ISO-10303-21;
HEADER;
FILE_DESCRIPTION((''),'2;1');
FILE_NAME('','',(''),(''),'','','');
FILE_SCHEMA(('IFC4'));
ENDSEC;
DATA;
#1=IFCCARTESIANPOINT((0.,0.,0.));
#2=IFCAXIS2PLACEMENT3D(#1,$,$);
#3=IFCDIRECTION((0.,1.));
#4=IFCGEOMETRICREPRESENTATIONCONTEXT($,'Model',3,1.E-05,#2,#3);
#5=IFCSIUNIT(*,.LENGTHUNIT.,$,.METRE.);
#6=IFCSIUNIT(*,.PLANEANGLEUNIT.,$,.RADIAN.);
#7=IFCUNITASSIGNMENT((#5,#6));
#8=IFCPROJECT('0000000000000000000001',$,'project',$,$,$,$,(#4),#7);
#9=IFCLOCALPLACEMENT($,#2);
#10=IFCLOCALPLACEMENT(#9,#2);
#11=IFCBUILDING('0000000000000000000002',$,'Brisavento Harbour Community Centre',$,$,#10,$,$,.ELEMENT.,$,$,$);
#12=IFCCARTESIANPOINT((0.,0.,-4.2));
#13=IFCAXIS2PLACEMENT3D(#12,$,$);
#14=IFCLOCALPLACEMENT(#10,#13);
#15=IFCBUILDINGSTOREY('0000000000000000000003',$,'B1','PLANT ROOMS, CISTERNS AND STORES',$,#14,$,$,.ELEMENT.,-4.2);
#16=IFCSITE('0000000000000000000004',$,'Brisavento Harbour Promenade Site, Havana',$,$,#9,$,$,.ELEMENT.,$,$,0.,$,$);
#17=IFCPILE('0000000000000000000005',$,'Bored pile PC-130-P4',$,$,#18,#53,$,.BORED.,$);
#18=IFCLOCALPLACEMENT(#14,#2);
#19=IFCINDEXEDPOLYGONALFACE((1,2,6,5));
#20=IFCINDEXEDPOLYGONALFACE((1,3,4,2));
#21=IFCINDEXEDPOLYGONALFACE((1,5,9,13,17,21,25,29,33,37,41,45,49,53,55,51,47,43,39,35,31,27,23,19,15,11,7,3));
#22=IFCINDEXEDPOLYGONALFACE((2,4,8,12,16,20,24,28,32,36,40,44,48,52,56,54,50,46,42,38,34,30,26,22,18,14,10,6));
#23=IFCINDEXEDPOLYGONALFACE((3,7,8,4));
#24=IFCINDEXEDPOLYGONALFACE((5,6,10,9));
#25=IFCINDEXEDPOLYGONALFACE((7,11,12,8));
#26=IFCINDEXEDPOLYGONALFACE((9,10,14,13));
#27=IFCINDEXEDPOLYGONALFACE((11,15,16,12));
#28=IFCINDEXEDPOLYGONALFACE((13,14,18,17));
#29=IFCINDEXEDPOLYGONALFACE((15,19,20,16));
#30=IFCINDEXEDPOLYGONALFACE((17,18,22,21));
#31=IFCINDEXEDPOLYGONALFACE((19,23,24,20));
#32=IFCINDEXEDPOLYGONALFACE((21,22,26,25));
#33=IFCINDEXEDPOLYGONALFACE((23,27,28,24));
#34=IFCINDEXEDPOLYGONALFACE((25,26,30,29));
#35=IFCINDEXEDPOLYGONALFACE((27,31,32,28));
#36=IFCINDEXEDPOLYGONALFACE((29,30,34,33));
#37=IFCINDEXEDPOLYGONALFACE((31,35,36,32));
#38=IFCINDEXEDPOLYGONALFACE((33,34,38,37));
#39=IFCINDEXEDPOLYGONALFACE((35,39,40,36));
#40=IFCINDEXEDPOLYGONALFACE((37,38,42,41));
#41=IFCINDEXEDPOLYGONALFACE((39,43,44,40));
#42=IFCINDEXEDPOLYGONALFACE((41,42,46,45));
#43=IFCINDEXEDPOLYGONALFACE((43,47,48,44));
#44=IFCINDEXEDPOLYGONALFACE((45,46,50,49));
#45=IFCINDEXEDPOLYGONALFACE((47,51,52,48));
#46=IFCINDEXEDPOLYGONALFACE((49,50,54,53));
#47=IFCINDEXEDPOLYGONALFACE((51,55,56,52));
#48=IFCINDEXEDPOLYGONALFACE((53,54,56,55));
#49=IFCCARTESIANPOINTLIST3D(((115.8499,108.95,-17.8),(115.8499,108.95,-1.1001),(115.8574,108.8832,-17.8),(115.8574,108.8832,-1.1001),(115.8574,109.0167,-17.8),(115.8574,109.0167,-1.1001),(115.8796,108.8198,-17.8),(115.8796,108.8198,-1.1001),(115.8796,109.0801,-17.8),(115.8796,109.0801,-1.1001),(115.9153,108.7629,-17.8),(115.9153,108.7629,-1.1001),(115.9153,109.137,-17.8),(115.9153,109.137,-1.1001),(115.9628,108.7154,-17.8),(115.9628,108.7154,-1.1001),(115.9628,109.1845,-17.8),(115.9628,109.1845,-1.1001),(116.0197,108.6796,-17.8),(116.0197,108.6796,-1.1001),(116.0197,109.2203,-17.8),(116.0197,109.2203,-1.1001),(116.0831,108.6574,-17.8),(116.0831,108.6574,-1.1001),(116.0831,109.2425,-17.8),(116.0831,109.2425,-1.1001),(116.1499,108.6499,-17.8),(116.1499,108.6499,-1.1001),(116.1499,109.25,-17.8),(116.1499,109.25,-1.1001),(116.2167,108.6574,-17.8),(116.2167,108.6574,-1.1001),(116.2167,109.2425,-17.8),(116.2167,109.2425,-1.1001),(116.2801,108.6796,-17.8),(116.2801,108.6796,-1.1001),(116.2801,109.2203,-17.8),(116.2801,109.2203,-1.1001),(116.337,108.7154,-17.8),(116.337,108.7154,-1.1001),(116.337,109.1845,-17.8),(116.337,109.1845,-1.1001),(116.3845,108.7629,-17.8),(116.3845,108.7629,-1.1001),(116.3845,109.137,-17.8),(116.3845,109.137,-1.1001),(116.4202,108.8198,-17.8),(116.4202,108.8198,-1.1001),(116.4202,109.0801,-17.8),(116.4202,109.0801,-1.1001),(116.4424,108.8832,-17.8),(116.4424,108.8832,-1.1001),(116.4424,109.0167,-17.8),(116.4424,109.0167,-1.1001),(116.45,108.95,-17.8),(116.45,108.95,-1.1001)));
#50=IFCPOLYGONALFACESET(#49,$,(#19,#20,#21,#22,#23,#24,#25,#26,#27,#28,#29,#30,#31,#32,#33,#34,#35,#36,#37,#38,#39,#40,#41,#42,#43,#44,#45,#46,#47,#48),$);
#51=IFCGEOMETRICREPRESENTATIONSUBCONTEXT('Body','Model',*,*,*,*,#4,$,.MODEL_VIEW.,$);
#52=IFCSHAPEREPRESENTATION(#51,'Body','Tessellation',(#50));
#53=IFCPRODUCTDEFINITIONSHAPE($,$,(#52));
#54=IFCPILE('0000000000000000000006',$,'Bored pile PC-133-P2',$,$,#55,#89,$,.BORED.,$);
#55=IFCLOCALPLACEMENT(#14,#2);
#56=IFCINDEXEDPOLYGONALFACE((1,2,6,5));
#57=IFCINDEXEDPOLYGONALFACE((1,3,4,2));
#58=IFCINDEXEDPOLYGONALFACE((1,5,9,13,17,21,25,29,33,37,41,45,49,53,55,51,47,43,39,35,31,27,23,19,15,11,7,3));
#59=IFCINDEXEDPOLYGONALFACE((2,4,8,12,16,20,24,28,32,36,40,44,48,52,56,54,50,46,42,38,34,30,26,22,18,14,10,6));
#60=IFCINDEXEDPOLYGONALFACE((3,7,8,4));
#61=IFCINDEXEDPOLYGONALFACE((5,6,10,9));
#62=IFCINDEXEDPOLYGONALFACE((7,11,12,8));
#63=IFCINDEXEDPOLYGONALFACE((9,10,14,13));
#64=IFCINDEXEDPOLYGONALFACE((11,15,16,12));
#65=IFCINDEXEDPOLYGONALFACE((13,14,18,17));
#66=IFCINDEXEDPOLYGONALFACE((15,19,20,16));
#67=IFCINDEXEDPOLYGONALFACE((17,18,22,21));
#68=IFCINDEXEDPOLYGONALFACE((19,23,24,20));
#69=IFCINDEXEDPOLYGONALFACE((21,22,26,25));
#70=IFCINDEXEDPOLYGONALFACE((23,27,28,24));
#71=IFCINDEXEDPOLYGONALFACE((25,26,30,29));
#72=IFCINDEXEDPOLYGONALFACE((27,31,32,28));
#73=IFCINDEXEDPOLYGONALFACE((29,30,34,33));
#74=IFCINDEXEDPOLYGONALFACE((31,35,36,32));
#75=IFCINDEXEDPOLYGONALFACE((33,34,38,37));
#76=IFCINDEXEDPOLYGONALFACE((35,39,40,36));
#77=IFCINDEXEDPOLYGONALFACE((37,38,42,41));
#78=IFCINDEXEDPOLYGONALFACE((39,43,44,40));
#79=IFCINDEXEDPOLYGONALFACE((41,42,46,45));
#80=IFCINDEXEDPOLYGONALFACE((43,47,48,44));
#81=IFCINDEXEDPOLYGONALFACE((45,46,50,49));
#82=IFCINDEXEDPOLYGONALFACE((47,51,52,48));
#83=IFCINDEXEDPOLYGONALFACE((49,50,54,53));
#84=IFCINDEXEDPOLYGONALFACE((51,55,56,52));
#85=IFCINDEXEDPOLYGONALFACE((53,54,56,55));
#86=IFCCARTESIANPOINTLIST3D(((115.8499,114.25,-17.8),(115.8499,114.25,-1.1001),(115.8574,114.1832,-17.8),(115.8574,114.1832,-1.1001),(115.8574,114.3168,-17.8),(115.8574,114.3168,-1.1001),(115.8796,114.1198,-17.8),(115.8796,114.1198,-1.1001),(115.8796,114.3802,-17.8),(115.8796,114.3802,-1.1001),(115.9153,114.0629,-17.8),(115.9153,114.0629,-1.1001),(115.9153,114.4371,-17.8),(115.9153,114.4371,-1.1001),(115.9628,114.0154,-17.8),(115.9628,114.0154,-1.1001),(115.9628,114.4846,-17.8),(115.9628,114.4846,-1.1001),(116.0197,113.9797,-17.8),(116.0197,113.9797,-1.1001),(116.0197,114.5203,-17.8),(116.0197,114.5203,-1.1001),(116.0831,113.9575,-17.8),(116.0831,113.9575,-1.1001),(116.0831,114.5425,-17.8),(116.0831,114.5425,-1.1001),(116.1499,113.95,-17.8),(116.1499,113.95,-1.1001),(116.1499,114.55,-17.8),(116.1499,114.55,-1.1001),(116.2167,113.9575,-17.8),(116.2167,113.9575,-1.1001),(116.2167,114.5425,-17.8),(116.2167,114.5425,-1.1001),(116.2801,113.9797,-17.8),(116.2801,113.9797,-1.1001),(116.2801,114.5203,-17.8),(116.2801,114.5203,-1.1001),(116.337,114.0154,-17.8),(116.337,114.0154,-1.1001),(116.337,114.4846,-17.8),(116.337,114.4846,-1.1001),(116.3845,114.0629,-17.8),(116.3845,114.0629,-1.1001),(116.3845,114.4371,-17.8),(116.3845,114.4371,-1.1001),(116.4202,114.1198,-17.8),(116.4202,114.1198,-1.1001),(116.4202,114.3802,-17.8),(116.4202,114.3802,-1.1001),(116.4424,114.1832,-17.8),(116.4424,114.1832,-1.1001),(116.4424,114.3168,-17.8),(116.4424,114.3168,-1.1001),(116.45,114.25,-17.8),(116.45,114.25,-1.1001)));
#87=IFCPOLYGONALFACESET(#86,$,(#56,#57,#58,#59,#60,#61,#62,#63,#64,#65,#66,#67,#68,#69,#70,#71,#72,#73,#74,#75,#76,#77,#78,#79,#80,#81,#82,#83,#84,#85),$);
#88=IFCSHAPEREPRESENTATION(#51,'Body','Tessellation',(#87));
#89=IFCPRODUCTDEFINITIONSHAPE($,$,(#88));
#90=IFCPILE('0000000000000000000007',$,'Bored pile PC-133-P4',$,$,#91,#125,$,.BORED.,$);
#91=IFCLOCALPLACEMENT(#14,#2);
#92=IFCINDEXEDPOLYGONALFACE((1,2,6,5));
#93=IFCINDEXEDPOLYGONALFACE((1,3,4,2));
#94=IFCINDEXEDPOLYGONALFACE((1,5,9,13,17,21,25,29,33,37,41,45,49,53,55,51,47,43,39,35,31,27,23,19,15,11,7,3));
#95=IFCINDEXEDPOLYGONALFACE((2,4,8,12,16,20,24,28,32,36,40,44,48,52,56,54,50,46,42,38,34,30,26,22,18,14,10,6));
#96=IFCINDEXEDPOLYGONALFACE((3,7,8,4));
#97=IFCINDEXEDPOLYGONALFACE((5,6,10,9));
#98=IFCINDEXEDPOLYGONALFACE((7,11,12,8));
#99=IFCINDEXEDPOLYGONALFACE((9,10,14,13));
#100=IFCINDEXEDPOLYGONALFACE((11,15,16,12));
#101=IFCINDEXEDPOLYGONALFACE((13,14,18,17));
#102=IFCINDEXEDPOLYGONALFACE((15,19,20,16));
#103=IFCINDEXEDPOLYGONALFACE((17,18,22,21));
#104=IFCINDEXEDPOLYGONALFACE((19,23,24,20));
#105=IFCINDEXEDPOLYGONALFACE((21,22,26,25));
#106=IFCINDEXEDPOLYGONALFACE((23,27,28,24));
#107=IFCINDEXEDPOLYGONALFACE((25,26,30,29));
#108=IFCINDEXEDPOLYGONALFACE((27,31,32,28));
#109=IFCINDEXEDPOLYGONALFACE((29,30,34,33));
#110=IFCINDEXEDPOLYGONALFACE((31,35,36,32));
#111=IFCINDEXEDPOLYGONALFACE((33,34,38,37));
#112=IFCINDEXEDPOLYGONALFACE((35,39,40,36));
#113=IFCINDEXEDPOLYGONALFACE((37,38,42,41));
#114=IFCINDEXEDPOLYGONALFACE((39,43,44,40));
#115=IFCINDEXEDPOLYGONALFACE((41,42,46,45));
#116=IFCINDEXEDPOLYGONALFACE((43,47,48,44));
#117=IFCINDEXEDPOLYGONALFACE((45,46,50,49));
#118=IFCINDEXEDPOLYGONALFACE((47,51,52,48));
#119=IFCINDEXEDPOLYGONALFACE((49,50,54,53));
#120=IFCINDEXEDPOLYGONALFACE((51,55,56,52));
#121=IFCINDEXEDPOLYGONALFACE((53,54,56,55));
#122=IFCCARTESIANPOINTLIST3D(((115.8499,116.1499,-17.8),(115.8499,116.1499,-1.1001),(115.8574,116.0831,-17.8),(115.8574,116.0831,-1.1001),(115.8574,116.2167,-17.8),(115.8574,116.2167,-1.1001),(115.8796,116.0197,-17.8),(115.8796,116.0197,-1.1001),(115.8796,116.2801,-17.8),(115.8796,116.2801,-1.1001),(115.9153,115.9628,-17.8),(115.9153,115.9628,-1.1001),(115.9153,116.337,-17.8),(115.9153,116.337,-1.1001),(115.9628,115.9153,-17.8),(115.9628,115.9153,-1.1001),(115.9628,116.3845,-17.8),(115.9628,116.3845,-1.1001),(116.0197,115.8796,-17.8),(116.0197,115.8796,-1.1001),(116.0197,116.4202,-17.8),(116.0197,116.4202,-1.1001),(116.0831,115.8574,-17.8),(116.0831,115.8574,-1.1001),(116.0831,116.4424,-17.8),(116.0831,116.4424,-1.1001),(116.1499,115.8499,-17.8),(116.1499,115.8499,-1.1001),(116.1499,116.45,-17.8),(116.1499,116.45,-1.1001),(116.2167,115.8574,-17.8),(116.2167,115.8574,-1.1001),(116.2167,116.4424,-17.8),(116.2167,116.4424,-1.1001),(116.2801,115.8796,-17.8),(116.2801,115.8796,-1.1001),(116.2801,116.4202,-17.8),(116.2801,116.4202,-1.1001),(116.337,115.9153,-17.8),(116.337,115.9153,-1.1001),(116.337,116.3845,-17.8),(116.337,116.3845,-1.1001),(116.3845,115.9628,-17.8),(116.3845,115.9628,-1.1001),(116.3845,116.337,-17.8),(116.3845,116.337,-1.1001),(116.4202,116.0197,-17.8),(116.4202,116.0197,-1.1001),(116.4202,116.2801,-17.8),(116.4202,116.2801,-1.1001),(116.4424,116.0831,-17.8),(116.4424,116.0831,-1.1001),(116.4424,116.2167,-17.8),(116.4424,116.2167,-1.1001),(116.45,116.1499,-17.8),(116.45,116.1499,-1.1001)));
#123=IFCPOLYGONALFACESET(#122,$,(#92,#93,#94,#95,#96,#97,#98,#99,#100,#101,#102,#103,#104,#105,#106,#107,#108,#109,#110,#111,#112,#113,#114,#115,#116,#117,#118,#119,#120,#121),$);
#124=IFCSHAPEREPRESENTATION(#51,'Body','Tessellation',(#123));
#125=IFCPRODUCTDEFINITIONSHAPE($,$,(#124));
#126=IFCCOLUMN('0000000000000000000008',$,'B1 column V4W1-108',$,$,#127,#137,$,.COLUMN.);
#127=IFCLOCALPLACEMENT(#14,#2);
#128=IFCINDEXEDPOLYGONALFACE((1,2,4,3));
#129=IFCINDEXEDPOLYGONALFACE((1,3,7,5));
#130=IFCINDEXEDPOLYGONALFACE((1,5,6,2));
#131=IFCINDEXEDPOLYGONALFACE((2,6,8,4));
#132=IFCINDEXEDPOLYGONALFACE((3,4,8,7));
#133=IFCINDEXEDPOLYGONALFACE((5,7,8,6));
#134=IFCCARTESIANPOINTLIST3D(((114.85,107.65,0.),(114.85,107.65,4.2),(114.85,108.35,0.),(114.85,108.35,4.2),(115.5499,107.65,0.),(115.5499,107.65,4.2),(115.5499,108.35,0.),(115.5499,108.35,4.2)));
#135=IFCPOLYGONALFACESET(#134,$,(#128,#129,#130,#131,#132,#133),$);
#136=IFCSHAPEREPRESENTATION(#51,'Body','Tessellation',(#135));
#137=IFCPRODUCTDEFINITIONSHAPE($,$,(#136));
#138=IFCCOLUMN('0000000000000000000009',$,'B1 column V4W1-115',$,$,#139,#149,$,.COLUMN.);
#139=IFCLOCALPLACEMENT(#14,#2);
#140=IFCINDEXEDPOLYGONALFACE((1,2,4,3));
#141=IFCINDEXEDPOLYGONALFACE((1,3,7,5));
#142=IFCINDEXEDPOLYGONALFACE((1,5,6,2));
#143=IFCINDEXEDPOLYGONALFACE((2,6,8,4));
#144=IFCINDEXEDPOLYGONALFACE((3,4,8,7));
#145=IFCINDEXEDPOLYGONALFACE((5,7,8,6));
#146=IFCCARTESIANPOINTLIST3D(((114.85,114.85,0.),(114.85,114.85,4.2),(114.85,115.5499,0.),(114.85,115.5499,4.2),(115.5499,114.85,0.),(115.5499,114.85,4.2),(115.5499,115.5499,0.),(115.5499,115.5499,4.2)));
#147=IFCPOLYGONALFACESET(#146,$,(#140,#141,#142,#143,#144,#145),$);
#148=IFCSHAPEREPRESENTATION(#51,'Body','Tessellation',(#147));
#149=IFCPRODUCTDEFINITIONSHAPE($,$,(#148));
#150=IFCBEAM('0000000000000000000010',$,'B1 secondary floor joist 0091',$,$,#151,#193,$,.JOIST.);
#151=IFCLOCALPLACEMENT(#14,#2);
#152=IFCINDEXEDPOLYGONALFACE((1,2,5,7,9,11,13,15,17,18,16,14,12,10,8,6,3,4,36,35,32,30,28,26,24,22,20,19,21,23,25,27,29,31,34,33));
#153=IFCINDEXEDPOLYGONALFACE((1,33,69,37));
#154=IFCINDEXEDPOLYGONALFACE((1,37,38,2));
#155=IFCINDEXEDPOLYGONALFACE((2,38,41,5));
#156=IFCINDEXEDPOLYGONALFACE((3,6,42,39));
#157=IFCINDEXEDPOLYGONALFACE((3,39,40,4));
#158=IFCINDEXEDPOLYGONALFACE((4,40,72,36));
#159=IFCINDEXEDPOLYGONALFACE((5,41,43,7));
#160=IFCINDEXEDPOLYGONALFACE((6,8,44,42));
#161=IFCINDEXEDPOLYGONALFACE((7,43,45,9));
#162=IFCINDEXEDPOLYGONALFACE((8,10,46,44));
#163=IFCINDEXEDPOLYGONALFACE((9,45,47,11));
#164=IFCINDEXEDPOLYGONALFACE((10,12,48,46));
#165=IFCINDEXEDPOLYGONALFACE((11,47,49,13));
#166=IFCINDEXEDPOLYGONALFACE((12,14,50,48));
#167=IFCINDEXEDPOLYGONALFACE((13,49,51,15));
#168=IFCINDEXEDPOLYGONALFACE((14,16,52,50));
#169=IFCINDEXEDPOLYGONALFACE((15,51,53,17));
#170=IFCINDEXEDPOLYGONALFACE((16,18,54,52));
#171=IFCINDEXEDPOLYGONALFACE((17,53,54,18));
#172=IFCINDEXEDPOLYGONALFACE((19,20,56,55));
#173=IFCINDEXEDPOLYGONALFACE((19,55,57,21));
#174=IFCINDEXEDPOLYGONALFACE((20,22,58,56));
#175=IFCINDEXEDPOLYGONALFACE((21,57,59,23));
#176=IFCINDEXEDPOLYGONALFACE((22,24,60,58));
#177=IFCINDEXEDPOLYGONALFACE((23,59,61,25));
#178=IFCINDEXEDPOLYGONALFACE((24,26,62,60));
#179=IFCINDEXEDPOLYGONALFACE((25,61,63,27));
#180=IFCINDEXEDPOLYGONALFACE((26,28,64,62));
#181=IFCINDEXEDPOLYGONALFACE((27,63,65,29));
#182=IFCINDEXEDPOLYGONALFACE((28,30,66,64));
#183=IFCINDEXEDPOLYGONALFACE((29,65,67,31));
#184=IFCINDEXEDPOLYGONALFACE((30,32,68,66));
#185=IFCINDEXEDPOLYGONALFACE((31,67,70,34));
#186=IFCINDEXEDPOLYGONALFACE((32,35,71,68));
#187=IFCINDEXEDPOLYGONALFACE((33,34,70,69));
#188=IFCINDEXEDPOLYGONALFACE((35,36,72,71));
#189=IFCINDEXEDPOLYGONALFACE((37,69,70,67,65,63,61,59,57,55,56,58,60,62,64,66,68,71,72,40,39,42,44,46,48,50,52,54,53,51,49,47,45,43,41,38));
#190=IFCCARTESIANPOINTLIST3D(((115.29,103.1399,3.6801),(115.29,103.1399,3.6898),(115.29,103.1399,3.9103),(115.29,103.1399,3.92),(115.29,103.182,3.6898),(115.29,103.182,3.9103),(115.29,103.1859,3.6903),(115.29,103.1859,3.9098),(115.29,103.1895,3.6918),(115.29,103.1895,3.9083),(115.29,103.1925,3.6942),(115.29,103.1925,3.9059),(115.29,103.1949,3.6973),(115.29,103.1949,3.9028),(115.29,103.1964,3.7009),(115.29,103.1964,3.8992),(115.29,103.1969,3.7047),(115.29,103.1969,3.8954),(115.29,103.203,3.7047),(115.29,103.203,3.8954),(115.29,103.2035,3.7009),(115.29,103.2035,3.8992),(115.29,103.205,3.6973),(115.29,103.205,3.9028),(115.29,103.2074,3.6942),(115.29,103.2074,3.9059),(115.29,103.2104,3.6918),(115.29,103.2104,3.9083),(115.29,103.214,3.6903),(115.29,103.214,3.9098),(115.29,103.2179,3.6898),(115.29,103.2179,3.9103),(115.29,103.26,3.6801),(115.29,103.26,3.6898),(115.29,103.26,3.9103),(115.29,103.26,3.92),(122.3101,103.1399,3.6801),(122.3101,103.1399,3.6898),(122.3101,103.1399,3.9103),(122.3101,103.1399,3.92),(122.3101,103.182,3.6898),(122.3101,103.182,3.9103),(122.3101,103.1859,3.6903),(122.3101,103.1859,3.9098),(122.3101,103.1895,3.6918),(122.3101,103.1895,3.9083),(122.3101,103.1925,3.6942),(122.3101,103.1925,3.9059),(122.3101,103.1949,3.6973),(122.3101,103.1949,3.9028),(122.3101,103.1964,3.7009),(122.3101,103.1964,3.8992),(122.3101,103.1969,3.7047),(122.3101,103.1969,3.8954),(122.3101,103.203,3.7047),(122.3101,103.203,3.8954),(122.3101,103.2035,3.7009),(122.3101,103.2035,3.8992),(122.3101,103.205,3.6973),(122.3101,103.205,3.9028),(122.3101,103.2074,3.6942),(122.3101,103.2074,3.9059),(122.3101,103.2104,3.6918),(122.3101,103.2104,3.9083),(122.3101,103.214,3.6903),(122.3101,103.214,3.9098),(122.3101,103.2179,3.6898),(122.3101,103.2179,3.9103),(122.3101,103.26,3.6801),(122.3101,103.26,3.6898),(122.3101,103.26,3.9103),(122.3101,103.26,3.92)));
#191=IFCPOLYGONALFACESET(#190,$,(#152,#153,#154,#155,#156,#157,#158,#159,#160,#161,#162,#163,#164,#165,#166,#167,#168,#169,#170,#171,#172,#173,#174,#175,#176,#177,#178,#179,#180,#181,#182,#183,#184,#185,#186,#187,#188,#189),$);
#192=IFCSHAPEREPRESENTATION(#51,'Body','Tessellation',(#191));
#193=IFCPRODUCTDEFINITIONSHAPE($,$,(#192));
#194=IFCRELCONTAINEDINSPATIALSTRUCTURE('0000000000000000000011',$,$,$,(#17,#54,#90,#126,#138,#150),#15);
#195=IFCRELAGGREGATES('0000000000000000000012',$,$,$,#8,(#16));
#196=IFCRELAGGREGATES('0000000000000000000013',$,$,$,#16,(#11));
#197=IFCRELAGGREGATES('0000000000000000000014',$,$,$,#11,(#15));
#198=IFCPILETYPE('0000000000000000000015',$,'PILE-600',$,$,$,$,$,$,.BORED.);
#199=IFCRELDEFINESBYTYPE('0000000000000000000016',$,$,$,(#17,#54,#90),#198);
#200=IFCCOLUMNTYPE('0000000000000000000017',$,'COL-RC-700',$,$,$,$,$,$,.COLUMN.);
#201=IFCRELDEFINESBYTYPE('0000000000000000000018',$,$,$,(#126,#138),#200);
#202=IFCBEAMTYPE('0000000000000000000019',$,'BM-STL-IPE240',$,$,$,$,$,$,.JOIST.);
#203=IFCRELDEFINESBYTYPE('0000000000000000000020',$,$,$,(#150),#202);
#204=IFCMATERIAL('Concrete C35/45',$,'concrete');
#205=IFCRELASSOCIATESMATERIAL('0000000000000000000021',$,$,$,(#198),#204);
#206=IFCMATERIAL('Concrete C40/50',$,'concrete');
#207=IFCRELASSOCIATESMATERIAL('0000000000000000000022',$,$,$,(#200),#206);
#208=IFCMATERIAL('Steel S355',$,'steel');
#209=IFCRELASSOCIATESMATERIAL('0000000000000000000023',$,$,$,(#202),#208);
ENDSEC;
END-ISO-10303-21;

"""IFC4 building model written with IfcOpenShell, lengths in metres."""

from ifc_helpers import new_model, si_unit, direction, frame, origin, origin_2d, place, context, subcontext, project, spatial, rectangle, circle, i_section, extrude, material, material_profile, profile_set, type_object, element, save


model = new_model("IFC4")

# Units and contexts
model_context = context("Model", 3, precision=1e-05, world=origin(), true_north=direction((0.0, 1.0)))
body_context = subcontext(model_context, "Body", "Model", "MODEL_VIEW")
ifc_project = project(units=[si_unit("LENGTHUNIT", "METRE"), si_unit("PLANEANGLEUNIT", "RADIAN")], contexts=[model_context])

# Site, building, storey
site_placement = place(None, origin())
site = spatial("IfcSite", under=ifc_project, at=site_placement, Name="Brisavento Harbour Promenade Site, Havana", CompositionType="ELEMENT", RefElevation=0.0)
building_placement = place(site_placement, origin())
building = spatial("IfcBuilding", under=site, at=building_placement, Name="Brisavento Harbour Community Centre", CompositionType="ELEMENT")
storey_placement = place(building_placement, frame((0.0, 0.0, -4.2)))
storey = spatial("IfcBuildingStorey", under=building, at=storey_placement, Name="B1", Description="PLANT ROOMS, CISTERNS AND STORES", CompositionType="ELEMENT", Elevation=-4.2)

# Shared definitions
ifc_material_1 = material(Name="Concrete C35/45", Category="concrete")

# Piles
ifc_material_profile_1 = material_profile(ifc_material_1, circle(Radius=0.3, at=origin_2d()), Name="Concrete C35/45")
ifc_profile_set_1 = profile_set([ifc_material_profile_1], Name="Concrete C35/45")
pile_type = type_object("IfcPileType", Name="PILE-600", PredefinedType="BORED", material=ifc_profile_set_1)
for number, where, z_axis, x_axis, name in (
    (1, (116.1499, 108.95, -1.1001), (0.0, 0.0, -1.0), (1.0, 0.0, 0.0), "Bored pile PC-130-P4"),
    (2, (116.1499, 114.25, -1.1001), (0.0, 0.0, -1.0), (1.0, 0.0, 0.0), "Bored pile PC-133-P2"),
    (3, (116.1499, 116.1499, -1.1001), (0.0, 0.0, -1.0), (1.0, 0.0, 0.0), "Bored pile PC-133-P4"),
):
    element("IfcPile", number, at=place(storey_placement, frame(where, z_axis=z_axis, x_axis=x_axis)), inside=storey, type_object=pile_type, Name=name, PredefinedType="BORED", context=body_context, shape_type="SweptSolid", body=[
        extrude(circle(Radius=0.3, at=origin_2d()), origin(), (0.0, 0.0, 1.0), 16.7),
    ])

# Columns
ifc_material_2 = material(Name="Concrete C40/50", Category="concrete")
ifc_material_profile_2 = material_profile(ifc_material_2, rectangle(XDim=0.7, YDim=0.7, at=origin_2d()), Name="Concrete C40/50")
ifc_profile_set_2 = profile_set([ifc_material_profile_2], Name="Concrete C40/50")
column_type = type_object("IfcColumnType", Name="COL-RC-700", PredefinedType="COLUMN", material=ifc_profile_set_2)
for number, where, z_axis, x_axis, name in (
    (4, (115.2, 108.0, 0.0), (0.0, 0.0, 1.0), (1.0, 0.0, 0.0), "B1 column V4W1-108"),
    (5, (115.2, 115.2, 0.0), (0.0, 0.0, 1.0), (1.0, 0.0, 0.0), "B1 column V4W1-115"),
):
    element("IfcColumn", number, at=place(storey_placement, frame(where, z_axis=z_axis, x_axis=x_axis)), inside=storey, type_object=column_type, Name=name, PredefinedType="COLUMN", context=body_context, shape_type="SweptSolid", body=[
        extrude(rectangle(XDim=0.7, YDim=0.7, at=origin_2d()), origin(), (0.0, 0.0, 1.0), 4.2),
    ])

# Beam
ifc_material_3 = material(Name="Steel S355", Category="steel")
ifc_material_profile_3 = material_profile(ifc_material_3, i_section(OverallWidth=0.1201, OverallDepth=0.24, WebThickness=0.0061, FlangeThickness=0.0098, FilletRadius=0.0149, at=origin_2d()), Name="Steel S355")
ifc_profile_set_3 = profile_set([ifc_material_profile_3], Name="Steel S355")
beam_type_1 = type_object("IfcBeamType", Name="BM-STL-IPE240", PredefinedType="JOIST", material=ifc_profile_set_3)
beam_1_placement = place(storey_placement, frame((115.29, 103.2, 3.8), z_axis=(1.0, 0.0, 0.0), x_axis=(0.0, 1.0, 0.0)))
element("IfcBeam", 6, at=beam_1_placement, inside=storey, type_object=beam_type_1, Name="B1 secondary floor joist 0091", PredefinedType="JOIST", context=body_context, shape_type="SweptSolid", body=[
    extrude(i_section(OverallWidth=0.1201, OverallDepth=0.24, WebThickness=0.0061, FlangeThickness=0.0098, FilletRadius=0.0149, at=origin_2d()), origin(), (0.0, 0.0, 1.0), 7.02),
])

save(model, "model.ifc")
